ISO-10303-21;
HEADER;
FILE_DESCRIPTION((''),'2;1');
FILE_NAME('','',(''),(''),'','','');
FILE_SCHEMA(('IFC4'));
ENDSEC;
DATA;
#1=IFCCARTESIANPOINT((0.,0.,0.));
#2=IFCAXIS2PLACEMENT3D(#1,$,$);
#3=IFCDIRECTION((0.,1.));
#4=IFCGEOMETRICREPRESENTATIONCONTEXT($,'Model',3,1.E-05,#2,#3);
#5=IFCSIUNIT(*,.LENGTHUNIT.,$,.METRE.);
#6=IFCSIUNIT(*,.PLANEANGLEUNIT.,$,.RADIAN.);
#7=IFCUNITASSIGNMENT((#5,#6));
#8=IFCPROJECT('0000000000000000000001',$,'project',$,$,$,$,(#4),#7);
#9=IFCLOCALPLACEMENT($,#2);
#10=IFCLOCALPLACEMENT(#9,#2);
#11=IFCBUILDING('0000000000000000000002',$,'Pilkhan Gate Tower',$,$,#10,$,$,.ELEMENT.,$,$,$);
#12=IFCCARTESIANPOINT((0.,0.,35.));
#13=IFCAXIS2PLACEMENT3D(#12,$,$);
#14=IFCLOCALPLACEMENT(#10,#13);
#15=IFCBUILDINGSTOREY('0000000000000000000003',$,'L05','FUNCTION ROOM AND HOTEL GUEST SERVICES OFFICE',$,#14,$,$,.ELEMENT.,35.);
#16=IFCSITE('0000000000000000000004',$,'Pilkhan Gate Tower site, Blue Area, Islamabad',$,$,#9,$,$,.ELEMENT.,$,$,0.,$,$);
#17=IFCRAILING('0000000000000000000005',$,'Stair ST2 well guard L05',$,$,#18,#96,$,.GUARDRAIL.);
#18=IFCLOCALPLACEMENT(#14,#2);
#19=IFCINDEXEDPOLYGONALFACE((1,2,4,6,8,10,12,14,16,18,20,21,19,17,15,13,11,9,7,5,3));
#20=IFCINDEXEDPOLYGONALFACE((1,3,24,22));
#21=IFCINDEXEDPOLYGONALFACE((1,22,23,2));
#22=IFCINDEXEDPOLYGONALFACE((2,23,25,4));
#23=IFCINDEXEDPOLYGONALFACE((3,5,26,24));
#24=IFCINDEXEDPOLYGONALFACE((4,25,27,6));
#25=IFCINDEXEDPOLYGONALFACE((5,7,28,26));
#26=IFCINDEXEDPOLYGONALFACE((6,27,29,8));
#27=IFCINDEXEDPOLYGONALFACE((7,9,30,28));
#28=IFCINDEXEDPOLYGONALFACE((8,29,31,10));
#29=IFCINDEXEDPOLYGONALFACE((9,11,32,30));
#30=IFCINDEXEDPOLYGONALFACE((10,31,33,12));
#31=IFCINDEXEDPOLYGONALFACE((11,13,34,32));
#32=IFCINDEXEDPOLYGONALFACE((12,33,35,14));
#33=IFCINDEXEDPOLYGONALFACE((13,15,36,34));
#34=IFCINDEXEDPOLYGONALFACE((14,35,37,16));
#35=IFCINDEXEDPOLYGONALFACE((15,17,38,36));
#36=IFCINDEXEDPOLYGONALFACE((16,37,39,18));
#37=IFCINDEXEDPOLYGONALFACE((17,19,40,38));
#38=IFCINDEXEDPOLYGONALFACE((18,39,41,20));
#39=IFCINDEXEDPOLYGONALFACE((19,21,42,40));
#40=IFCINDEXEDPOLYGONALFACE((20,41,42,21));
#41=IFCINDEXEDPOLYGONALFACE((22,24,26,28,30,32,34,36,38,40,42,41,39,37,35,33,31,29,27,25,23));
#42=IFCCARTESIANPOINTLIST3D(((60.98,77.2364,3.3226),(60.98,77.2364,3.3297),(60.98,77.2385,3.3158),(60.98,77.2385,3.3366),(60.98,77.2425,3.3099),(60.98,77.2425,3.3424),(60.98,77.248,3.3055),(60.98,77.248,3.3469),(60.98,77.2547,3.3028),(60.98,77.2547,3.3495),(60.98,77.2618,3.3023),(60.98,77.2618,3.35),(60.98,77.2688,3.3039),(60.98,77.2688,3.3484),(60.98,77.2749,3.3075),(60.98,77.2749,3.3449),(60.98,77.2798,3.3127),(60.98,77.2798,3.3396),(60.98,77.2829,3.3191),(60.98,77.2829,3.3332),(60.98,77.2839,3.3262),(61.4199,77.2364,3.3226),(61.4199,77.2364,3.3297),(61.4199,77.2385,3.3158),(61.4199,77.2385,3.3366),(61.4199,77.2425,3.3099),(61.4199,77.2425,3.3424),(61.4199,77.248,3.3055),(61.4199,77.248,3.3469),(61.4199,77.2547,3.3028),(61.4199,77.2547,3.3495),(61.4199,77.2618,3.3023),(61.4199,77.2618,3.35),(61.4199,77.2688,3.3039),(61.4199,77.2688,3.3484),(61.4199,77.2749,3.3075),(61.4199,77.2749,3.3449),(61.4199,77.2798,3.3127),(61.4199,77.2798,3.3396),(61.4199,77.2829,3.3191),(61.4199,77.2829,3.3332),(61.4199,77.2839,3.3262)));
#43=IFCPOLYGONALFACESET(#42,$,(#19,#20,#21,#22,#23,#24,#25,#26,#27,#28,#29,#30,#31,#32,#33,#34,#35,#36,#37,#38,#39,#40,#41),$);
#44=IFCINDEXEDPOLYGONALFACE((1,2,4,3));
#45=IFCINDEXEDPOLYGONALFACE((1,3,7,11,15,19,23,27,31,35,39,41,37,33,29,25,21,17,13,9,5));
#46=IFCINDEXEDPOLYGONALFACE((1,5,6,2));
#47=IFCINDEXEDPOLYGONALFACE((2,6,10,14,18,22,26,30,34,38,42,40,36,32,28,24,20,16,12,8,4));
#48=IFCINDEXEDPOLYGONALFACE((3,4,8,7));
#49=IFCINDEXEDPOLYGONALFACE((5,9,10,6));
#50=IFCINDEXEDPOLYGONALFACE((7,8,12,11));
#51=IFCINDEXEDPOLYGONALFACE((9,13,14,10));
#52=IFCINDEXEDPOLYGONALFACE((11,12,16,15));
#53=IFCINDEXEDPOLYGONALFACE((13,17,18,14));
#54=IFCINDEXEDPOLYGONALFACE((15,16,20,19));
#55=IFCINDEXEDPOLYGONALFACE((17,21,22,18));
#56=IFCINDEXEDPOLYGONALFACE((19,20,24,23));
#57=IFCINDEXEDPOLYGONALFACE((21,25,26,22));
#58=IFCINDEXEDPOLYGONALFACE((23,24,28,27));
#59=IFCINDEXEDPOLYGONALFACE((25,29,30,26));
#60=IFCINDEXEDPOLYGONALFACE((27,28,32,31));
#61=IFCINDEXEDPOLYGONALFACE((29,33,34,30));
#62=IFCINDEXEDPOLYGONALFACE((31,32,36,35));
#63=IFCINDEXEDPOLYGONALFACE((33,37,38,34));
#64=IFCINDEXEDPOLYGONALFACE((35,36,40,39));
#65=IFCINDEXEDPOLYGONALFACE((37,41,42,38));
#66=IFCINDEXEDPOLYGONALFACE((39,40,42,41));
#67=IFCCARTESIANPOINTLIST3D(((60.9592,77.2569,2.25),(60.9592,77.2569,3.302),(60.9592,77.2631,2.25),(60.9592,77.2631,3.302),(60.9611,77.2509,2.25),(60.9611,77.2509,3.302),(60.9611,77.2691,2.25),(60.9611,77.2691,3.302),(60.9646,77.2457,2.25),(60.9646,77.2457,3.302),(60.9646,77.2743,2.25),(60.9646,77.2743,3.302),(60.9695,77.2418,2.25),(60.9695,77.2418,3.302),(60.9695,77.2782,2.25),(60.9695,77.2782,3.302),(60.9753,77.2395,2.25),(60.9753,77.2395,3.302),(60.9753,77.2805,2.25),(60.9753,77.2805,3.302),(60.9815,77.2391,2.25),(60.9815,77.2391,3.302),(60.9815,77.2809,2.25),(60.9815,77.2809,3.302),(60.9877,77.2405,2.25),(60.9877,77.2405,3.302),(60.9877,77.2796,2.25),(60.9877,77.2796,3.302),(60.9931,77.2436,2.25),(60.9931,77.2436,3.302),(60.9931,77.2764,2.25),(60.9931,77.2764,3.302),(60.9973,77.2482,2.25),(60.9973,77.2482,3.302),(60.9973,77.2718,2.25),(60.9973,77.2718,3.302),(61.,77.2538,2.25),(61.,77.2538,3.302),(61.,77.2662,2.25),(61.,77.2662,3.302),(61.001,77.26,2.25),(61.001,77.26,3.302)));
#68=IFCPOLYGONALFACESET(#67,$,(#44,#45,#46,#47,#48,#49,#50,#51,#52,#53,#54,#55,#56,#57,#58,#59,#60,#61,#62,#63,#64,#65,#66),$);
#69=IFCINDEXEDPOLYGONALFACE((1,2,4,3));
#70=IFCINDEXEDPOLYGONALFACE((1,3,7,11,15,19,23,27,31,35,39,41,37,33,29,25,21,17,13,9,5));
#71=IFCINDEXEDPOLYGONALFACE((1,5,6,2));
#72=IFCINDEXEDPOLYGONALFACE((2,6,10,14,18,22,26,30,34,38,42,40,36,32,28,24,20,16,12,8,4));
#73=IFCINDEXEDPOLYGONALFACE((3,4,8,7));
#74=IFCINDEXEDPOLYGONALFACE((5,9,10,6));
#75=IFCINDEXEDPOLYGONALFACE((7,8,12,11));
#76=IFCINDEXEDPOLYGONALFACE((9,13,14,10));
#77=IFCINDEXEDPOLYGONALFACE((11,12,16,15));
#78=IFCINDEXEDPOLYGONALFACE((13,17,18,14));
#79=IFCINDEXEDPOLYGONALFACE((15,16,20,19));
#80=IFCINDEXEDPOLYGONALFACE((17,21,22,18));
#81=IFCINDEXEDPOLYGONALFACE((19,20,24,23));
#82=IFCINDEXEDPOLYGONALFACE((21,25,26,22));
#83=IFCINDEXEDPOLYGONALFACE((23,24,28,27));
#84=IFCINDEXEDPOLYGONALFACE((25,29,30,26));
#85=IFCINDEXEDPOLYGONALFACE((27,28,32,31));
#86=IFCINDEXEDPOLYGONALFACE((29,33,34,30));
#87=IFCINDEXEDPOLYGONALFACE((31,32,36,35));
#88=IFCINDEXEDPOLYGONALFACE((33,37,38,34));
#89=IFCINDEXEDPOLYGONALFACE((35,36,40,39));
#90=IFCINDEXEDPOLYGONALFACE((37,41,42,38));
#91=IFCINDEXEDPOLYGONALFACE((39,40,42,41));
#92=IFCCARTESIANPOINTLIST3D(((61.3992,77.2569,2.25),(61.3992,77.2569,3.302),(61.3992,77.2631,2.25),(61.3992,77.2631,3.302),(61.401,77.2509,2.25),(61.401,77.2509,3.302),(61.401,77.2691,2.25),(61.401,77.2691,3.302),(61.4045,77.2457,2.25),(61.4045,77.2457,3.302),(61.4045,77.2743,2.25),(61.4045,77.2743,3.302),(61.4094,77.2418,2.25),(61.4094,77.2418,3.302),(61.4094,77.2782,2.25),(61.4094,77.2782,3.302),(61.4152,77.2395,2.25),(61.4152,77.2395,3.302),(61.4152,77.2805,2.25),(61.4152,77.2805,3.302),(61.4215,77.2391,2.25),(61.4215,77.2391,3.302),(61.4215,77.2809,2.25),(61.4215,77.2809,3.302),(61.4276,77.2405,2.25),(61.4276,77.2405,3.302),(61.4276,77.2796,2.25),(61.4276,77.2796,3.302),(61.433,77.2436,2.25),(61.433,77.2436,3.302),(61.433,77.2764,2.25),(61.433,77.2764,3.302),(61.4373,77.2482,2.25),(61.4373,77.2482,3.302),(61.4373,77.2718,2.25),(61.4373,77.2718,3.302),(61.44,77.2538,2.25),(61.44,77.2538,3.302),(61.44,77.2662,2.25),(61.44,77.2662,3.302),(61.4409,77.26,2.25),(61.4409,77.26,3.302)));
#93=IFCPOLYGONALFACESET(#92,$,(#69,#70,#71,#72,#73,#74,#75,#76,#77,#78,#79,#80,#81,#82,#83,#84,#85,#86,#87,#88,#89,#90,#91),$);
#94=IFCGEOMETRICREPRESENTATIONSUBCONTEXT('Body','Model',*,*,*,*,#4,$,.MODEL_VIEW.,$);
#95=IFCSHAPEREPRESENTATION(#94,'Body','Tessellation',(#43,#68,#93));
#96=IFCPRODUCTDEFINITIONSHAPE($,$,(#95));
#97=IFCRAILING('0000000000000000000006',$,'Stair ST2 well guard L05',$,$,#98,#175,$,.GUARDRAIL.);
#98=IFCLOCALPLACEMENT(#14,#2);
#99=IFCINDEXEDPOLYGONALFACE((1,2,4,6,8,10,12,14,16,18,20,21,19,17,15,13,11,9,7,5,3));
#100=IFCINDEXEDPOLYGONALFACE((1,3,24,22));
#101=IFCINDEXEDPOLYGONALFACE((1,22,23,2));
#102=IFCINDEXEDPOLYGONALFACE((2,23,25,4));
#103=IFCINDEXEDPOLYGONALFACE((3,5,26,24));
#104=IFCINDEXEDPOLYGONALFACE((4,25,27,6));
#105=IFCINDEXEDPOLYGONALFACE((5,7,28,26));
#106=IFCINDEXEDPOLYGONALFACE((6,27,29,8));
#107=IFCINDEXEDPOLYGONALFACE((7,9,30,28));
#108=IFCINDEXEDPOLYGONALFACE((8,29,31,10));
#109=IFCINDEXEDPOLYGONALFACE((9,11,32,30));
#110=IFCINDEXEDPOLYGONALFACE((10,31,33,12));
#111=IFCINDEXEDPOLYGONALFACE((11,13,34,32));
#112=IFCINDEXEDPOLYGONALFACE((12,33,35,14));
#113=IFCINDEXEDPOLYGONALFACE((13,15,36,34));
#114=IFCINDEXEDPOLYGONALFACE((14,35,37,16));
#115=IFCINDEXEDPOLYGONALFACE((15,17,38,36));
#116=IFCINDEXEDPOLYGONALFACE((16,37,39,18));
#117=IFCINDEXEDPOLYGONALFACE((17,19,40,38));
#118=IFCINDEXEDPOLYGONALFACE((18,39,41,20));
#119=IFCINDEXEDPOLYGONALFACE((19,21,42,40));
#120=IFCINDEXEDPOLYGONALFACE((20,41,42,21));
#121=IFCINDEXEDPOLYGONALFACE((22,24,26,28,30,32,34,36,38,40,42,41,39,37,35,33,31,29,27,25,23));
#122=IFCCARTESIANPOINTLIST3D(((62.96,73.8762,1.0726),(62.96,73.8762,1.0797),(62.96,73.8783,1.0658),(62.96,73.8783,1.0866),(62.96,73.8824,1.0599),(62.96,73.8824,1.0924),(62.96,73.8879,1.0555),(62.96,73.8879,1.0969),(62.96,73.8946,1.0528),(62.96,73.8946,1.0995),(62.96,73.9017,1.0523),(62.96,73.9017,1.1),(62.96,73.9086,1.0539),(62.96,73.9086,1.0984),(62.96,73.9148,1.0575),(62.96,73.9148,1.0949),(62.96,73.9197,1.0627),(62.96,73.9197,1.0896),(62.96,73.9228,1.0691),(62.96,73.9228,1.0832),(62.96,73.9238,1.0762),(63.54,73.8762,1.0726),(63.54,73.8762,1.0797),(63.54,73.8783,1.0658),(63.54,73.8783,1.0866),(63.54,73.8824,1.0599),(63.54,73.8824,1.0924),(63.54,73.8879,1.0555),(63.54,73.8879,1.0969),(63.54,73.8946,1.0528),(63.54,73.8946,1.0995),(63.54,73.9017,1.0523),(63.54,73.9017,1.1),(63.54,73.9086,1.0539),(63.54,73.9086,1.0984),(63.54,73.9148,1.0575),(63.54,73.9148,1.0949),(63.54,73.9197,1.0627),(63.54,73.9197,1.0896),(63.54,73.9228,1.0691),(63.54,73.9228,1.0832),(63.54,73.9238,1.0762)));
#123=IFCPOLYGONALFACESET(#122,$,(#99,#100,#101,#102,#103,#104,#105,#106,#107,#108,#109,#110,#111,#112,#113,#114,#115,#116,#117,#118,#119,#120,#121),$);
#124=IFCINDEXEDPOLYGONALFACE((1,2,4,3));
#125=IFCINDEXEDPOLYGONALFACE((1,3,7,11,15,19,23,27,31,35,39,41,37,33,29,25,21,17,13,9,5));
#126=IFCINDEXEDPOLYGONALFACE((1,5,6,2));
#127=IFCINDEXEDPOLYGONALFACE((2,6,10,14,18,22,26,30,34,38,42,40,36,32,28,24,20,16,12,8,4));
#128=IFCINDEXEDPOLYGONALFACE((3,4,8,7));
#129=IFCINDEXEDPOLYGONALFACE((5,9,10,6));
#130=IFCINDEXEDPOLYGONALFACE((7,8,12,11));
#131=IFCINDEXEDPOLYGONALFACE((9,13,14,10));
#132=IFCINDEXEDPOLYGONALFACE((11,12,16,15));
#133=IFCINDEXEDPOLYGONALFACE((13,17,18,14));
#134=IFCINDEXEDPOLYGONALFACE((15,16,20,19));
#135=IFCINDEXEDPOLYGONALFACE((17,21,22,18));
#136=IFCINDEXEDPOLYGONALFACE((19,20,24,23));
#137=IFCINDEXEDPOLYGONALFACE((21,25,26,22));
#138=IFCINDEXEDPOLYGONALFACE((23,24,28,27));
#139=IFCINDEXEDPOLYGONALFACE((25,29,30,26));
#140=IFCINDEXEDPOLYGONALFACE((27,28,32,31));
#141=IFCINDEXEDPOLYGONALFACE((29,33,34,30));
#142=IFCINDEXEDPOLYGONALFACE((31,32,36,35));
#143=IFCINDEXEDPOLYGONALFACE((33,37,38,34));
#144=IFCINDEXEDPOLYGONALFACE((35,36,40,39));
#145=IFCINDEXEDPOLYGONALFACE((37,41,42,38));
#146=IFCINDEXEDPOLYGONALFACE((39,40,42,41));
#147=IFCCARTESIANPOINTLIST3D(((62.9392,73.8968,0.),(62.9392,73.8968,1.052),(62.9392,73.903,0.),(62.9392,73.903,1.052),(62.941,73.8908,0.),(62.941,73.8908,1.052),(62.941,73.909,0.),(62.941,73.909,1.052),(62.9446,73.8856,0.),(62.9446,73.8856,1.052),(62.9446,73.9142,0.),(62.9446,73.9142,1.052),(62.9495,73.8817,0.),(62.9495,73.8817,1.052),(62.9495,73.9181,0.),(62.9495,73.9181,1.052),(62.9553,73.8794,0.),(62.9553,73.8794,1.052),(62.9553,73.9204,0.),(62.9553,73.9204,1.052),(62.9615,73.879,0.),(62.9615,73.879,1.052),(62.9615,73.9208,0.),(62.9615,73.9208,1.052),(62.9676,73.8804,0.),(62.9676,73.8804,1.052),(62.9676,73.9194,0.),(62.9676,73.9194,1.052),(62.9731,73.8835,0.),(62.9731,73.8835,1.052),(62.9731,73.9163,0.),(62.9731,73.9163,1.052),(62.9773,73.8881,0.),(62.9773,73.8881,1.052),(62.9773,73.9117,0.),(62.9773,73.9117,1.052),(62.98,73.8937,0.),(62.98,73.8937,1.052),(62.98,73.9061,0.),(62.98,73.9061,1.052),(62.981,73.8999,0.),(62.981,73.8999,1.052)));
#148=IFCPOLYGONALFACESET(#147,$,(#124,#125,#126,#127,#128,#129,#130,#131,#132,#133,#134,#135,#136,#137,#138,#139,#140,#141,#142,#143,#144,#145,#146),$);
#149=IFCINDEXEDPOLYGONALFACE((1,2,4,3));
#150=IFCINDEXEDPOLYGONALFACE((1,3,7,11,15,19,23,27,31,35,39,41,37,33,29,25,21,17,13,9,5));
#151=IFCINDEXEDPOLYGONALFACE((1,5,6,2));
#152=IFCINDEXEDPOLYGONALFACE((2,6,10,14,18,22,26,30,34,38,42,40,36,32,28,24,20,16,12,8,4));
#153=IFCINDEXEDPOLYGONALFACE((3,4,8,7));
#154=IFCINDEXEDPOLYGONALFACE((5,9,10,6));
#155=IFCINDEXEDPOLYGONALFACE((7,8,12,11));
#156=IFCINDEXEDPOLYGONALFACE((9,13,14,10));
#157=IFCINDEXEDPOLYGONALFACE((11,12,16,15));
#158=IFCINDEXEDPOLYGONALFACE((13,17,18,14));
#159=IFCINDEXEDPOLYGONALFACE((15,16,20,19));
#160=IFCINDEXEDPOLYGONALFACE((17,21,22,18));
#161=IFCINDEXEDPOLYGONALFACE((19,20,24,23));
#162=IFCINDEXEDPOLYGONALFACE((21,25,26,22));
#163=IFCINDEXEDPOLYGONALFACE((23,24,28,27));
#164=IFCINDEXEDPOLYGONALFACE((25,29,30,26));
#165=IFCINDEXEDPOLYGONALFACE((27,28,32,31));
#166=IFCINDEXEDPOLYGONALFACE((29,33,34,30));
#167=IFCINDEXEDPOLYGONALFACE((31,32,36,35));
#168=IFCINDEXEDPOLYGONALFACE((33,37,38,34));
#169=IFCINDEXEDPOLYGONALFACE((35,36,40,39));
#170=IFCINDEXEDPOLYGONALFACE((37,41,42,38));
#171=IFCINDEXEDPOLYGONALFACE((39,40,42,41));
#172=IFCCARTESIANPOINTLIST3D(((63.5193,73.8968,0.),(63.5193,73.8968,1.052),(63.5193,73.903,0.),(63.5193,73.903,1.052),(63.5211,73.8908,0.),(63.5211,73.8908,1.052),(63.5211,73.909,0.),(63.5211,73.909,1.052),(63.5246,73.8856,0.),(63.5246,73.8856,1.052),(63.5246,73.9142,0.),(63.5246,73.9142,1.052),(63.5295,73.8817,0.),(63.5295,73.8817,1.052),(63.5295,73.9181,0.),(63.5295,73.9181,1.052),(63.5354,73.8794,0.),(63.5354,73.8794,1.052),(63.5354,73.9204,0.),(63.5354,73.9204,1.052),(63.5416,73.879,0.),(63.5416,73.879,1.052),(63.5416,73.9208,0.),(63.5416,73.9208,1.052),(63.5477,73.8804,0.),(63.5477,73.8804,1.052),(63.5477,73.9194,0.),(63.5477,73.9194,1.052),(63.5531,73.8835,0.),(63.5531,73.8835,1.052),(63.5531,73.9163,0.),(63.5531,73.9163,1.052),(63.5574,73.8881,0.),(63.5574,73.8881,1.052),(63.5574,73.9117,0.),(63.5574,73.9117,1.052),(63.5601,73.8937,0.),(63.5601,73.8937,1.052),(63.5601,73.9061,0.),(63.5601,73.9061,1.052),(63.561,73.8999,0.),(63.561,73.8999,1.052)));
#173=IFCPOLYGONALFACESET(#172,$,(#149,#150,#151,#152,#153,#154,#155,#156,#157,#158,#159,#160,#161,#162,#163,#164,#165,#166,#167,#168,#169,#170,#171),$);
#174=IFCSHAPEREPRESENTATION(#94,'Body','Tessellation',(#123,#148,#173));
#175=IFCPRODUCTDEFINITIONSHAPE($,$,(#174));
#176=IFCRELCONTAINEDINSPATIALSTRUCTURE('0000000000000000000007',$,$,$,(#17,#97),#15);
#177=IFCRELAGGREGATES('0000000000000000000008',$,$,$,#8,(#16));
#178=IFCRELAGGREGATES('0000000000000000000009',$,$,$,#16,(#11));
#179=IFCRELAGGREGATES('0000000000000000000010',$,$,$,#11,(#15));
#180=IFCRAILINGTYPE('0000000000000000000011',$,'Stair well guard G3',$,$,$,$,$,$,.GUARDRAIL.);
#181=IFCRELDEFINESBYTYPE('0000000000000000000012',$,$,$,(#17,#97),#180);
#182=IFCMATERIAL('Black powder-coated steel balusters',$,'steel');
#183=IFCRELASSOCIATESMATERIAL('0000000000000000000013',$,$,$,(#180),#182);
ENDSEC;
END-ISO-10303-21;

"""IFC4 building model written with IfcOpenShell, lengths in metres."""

from ifc_helpers import new_model, si_unit, direction, frame, origin, origin_2d, place, context, subcontext, project, spatial, circle, extrude, material, type_object, element, save


model = new_model("IFC4")

# Units and contexts
model_context = context("Model", 3, precision=1e-05, world=origin(), true_north=direction((0.0, 1.0)))
body_context = subcontext(model_context, "Body", "Model", "MODEL_VIEW")
ifc_project = project(units=[si_unit("LENGTHUNIT", "METRE"), si_unit("PLANEANGLEUNIT", "RADIAN")], contexts=[model_context])

# Site, building, storey
site_placement = place(None, origin())
site = spatial("IfcSite", under=ifc_project, at=site_placement, Name="Pilkhan Gate Tower site, Blue Area, Islamabad", CompositionType="ELEMENT", RefElevation=0.0)
building_placement = place(site_placement, origin())
building = spatial("IfcBuilding", under=site, at=building_placement, Name="Pilkhan Gate Tower", CompositionType="ELEMENT")
storey_placement = place(building_placement, frame((0.0, 0.0, 35.0)))
storey = spatial("IfcBuildingStorey", under=building, at=storey_placement, Name="L05", Description="FUNCTION ROOM AND HOTEL GUEST SERVICES OFFICE", CompositionType="ELEMENT", Elevation=35.0)

# Railings
ifc_material_1 = material(Name="Black powder-coated steel balusters", Category="steel")
railing_type_1 = type_object("IfcRailingType", Name="Stair well guard G3", PredefinedType="GUARDRAIL", material=ifc_material_1)
railing_1_placement = place(storey_placement, frame((60.98, 77.26, 2.25)))
element("IfcRailing", 1, at=railing_1_placement, inside=storey, type_object=railing_type_1, Name="Stair ST2 well guard L05", PredefinedType="GUARDRAIL", context=body_context, shape_type="SweptSolid", body=[
    extrude(circle(Radius=0.0239, at=origin_2d()), frame((0.0, 0.0, 1.0762), z_axis=(1.0, 0.0, 0.0), x_axis=(0.0, 1.0, 0.0)), (0.0, 0.0, 1.0), 0.4399),
    extrude(circle(Radius=0.021, at=origin_2d()), origin(), (0.0, 0.0, 1.0), 1.052),
    extrude(circle(Radius=0.021, at=origin_2d()), frame((0.4399, 0.0, 0.0)), (0.0, 0.0, 1.0), 1.052),
])
for number, where, name in (
    (2, (62.96, 73.8999, 0.0), "Stair ST2 well guard L05"),
):
    element("IfcRailing", number, at=place(storey_placement, frame(where)), inside=storey, type_object=railing_type_1, Name=name, PredefinedType="GUARDRAIL", context=body_context, shape_type="SweptSolid", body=[
        extrude(circle(Radius=0.0239, at=origin_2d()), frame((0.0, 0.0, 1.0762), z_axis=(1.0, 0.0, 0.0), x_axis=(0.0, 1.0, 0.0)), (0.0, 0.0, 1.0), 0.5801),
        extrude(circle(Radius=0.021, at=origin_2d()), origin(), (0.0, 0.0, 1.0), 1.052),
        extrude(circle(Radius=0.021, at=origin_2d()), frame((0.5801, 0.0, 0.0)), (0.0, 0.0, 1.0), 1.052),
    ])

save(model, "model.ifc")
